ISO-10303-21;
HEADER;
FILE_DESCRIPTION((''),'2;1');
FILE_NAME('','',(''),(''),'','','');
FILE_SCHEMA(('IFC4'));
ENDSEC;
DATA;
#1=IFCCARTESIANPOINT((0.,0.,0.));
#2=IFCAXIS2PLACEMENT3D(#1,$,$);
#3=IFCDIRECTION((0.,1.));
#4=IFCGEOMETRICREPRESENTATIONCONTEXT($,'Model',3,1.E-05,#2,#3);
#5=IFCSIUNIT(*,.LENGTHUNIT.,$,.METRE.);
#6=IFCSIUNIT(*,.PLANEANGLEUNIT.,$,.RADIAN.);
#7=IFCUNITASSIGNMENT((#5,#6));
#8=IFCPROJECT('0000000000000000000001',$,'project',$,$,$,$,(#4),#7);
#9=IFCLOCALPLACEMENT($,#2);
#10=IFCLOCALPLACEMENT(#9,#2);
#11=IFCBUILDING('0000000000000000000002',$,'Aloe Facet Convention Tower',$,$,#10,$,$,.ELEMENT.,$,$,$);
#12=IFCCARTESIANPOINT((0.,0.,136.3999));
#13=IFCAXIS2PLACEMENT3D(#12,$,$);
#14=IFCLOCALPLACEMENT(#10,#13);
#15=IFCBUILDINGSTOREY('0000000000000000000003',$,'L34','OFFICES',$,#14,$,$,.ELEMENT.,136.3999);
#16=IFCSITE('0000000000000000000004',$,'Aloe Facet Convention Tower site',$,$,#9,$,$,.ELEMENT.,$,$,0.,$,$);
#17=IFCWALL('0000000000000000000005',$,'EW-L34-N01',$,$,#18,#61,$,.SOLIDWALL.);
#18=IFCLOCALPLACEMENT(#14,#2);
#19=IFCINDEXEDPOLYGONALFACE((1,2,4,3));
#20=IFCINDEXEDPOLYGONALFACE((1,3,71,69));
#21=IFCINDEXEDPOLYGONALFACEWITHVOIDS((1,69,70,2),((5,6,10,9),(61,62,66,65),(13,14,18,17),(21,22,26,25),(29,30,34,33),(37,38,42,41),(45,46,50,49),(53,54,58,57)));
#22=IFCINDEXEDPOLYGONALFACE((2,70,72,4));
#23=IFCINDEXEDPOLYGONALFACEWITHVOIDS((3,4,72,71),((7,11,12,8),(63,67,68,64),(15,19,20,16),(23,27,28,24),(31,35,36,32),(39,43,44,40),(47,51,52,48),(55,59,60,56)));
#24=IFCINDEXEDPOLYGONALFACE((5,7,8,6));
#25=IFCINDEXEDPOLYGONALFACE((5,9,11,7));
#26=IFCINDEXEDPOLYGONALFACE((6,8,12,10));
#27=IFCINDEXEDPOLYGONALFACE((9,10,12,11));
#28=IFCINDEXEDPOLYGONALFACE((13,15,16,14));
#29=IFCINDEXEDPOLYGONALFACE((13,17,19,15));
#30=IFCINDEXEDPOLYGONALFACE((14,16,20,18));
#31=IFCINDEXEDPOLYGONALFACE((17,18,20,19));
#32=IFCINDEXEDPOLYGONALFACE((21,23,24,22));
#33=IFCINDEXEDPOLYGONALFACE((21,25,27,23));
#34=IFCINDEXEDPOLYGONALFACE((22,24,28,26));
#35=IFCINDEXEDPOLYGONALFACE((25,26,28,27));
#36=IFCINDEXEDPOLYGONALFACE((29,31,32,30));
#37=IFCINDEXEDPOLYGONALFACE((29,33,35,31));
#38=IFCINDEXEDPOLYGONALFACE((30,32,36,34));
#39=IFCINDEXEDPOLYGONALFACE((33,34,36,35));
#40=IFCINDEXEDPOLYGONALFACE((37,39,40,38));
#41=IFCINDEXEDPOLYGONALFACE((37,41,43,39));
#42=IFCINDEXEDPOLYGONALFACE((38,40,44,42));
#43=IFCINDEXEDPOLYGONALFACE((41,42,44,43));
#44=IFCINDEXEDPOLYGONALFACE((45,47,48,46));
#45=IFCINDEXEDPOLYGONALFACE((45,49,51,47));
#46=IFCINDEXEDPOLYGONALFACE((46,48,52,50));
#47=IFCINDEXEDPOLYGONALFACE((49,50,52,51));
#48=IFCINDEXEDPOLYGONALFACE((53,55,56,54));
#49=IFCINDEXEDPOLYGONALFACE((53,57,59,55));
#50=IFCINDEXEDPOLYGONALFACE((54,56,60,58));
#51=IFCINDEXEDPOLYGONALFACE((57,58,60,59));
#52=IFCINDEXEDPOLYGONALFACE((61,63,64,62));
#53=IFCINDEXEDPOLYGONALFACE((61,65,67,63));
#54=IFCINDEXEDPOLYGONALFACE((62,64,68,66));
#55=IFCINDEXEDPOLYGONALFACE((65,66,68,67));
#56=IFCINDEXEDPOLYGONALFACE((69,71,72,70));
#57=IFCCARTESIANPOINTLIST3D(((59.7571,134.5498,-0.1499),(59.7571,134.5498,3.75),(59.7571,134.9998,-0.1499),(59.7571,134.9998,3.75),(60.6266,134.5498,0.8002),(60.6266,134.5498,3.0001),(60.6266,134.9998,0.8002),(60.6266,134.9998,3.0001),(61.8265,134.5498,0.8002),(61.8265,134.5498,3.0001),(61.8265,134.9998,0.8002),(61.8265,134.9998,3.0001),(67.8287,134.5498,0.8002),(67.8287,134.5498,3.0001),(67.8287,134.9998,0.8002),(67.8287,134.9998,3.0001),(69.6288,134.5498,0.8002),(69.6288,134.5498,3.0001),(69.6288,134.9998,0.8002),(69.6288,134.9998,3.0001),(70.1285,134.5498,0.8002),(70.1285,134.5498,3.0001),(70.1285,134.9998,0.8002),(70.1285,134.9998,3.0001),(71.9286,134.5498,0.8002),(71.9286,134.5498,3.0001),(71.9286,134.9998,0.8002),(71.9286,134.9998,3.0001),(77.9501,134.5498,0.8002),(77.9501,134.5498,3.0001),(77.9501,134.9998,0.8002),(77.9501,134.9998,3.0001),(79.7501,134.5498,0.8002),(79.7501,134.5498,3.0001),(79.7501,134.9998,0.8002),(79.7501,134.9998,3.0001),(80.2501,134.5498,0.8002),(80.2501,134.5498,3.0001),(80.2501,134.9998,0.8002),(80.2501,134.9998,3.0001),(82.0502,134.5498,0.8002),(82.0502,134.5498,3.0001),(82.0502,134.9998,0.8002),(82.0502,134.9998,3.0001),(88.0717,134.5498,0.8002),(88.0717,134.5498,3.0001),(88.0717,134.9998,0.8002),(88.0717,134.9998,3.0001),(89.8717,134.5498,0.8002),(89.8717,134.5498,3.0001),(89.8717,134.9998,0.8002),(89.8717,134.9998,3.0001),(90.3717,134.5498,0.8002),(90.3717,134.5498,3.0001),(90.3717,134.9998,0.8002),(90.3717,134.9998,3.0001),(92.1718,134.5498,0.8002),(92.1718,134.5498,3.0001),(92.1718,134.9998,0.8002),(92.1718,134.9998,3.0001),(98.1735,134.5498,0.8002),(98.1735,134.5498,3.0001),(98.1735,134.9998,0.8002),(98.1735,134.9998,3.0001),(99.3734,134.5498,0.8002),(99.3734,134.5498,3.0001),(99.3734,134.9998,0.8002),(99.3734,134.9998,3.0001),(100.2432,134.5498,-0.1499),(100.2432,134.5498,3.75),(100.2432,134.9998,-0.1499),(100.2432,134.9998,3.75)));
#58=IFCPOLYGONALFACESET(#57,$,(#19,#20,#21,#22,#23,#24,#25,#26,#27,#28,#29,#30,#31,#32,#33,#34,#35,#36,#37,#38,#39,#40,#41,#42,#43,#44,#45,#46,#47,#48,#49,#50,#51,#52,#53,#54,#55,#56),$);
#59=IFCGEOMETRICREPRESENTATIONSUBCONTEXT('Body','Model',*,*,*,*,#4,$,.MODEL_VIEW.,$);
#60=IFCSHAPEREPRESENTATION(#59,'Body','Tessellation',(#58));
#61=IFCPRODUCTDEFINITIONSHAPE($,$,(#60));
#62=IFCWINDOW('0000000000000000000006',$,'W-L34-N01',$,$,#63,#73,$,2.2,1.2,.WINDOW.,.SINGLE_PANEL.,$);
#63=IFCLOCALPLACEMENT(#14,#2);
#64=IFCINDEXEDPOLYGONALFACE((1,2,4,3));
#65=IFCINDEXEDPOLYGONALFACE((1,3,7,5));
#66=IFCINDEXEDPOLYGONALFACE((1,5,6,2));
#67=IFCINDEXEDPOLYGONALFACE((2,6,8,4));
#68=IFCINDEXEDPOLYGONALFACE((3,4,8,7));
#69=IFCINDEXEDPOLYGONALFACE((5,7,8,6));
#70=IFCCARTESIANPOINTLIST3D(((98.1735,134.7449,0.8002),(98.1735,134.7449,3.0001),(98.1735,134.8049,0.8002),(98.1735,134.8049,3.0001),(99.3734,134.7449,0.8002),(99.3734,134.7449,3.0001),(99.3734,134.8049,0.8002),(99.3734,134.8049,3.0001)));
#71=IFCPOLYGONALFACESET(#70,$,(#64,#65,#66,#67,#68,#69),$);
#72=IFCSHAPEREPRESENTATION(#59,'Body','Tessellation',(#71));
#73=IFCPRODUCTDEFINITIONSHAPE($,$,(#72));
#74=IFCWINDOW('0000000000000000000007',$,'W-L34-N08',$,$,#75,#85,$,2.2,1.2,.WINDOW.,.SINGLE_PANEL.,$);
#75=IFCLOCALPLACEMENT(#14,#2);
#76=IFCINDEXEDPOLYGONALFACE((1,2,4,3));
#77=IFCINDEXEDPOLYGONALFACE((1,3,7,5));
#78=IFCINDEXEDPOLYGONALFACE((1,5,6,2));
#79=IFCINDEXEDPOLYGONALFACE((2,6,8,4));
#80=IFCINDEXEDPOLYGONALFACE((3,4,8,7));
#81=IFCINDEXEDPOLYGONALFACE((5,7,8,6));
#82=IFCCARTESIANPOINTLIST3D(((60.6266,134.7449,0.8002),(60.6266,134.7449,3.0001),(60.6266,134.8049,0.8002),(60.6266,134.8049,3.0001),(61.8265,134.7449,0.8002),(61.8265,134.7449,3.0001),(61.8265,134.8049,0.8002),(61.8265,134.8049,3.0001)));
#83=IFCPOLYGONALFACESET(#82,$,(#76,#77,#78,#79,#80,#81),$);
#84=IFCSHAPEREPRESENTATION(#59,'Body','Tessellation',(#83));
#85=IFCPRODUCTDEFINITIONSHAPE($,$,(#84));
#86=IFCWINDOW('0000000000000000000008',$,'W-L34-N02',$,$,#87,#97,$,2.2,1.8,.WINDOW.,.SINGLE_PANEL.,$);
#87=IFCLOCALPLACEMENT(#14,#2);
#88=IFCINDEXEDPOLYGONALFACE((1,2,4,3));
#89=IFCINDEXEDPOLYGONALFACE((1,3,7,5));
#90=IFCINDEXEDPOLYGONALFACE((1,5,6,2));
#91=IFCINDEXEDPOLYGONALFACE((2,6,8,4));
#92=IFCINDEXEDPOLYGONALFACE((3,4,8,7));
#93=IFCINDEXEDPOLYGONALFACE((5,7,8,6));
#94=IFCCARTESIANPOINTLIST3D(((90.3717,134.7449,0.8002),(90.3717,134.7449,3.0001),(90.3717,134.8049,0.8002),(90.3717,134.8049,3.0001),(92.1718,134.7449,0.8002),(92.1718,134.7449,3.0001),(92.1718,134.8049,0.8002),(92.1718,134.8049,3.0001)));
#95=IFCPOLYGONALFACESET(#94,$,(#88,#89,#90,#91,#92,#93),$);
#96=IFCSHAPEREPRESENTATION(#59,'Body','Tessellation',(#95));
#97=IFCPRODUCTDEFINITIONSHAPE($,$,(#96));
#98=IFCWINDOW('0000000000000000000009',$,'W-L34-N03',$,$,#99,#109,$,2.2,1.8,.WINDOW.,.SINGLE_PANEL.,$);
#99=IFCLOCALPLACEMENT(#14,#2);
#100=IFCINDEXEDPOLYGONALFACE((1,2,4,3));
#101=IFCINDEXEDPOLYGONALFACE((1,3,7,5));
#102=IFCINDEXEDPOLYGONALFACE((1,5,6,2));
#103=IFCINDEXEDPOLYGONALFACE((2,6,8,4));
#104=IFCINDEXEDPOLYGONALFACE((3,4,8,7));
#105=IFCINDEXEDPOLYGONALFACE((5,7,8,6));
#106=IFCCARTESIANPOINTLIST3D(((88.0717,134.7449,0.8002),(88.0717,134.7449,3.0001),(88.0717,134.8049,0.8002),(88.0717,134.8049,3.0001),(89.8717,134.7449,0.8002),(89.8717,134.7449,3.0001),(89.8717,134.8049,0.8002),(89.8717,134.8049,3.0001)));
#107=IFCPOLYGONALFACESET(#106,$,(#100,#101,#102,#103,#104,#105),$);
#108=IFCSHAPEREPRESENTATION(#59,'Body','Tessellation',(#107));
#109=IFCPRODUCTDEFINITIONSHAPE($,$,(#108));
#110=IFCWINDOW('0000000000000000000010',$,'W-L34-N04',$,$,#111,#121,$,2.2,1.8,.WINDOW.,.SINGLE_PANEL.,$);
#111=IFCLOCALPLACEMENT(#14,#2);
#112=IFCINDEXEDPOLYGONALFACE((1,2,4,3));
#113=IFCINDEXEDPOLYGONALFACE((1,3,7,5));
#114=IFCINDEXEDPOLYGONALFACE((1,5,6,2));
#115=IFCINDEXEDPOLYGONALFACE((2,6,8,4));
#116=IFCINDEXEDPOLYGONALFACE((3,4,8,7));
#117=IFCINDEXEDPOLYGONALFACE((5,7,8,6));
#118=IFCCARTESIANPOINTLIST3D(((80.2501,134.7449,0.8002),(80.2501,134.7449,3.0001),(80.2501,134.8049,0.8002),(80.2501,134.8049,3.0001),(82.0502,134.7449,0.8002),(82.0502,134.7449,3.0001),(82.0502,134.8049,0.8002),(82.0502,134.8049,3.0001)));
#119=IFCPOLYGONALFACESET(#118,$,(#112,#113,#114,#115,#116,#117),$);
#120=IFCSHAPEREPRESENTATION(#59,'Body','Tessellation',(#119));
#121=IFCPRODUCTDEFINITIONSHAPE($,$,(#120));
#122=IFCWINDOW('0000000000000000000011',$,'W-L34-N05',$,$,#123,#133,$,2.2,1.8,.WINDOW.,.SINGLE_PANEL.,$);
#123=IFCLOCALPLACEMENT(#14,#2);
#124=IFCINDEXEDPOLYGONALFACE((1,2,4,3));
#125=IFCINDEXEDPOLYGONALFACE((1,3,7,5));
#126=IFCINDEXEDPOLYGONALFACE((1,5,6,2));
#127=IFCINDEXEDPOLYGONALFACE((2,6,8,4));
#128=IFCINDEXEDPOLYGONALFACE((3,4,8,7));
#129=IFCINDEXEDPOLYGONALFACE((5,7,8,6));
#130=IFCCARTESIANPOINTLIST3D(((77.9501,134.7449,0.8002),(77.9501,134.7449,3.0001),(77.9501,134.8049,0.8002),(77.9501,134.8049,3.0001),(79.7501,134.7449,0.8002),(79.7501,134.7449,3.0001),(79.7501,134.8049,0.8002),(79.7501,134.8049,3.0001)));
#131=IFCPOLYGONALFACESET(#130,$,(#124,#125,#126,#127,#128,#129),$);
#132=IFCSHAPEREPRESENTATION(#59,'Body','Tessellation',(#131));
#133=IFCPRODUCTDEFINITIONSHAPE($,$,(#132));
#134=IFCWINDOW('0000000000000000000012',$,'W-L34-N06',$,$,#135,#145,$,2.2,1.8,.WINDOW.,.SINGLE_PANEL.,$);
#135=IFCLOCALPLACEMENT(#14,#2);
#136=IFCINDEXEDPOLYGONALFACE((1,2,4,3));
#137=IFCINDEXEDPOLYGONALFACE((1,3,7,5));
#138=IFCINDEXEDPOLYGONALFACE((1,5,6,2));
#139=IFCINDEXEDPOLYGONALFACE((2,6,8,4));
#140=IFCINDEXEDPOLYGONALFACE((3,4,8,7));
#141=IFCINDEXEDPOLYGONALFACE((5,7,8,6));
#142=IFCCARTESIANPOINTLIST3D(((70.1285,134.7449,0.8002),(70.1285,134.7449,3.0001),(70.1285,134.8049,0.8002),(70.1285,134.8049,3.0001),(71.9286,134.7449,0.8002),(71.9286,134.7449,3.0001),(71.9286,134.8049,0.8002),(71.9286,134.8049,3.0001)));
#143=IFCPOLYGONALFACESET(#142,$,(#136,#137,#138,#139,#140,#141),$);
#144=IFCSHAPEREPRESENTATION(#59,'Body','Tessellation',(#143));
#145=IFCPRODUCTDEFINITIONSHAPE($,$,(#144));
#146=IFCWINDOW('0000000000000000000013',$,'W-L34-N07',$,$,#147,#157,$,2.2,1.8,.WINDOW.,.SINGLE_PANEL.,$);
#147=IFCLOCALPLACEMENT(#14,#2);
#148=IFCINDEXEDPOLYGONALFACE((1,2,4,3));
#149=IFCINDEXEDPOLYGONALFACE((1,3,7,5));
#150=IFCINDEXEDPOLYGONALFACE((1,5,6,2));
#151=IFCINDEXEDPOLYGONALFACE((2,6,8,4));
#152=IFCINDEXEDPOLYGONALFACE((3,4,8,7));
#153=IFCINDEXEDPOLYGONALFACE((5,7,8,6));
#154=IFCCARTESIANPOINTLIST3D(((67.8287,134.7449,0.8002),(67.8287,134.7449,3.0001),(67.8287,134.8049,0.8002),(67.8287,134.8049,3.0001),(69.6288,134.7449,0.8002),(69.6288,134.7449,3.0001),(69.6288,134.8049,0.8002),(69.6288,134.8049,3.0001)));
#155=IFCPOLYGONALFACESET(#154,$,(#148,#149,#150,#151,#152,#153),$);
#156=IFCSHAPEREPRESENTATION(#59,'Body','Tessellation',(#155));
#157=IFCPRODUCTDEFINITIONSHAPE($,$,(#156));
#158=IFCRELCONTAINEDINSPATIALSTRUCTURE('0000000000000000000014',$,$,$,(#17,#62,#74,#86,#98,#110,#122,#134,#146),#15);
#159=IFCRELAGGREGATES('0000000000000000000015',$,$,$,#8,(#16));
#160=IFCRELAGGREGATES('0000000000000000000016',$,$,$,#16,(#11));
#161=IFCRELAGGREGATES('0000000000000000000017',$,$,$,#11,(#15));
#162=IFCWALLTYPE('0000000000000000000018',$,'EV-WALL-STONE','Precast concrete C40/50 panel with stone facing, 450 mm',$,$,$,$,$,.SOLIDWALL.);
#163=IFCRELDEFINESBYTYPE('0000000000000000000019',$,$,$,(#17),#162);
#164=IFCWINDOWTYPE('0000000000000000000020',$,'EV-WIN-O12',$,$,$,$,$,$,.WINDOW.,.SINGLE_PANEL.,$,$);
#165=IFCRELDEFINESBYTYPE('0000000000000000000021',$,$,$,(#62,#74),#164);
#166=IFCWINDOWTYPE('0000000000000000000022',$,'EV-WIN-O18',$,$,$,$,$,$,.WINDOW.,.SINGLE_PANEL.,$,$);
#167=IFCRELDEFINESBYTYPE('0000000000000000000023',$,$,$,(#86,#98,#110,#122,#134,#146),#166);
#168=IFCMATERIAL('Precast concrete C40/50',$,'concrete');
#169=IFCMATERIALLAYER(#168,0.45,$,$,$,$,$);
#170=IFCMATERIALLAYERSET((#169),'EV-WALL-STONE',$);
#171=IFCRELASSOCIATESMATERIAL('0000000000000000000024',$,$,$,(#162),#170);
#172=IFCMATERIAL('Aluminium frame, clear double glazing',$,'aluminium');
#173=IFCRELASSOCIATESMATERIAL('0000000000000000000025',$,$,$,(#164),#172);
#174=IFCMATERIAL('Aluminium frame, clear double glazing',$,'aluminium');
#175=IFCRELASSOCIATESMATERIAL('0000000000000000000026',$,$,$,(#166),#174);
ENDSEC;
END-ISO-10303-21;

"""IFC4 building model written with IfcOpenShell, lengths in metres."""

from ifc_helpers import new_model, si_unit, direction, frame, frame_2d, origin, place, context, subcontext, project, spatial, polyline, rectangle, outline, extrude, material, layer, layer_set, type_object, element, fill, save


model = new_model("IFC4")

# Units and contexts
model_context = context("Model", 3, precision=1e-05, world=origin(), true_north=direction((0.0, 1.0)))
body_context = subcontext(model_context, "Body", "Model", "MODEL_VIEW")
ifc_project = project(units=[si_unit("LENGTHUNIT", "METRE"), si_unit("PLANEANGLEUNIT", "RADIAN")], contexts=[model_context])

# Site, building, storey
site_placement = place(None, origin())
site = spatial("IfcSite", under=ifc_project, at=site_placement, Name="Aloe Facet Convention Tower site", CompositionType="ELEMENT", RefElevation=0.0)
building_placement = place(site_placement, origin())
building = spatial("IfcBuilding", under=site, at=building_placement, Name="Aloe Facet Convention Tower", CompositionType="ELEMENT")
storey_placement = place(building_placement, frame((0.0, 0.0, 136.3999)))
storey = spatial("IfcBuildingStorey", under=building, at=storey_placement, Name="L34", Description="OFFICES", CompositionType="ELEMENT", Elevation=136.3999)

# Wall, openings, windows
ifc_material_1 = material(Name="Precast concrete C40/50", Category="concrete")
ifc_layer_1 = layer(ifc_material_1, 0.45)
ifc_layer_set_1 = layer_set([ifc_layer_1], Name="EV-WALL-STONE")
wall_type_1 = type_object("IfcWallType", Name="EV-WALL-STONE", Description="Precast concrete C40/50 panel with stone facing, 450 mm", PredefinedType="SOLIDWALL", material=ifc_layer_set_1)
wall_1_placement = place(storey_placement, frame((100.2432, 134.7749, -0.1499), z_axis=(0.0, 0.0, 1.0), x_axis=(-1.0, 0.0, 0.0)))
wall_1 = element("IfcWall", 1, at=wall_1_placement, inside=storey, type_object=wall_type_1, Name="EW-L34-N01", PredefinedType="SOLIDWALL", context=body_context, shape_type="SweptSolid", body=[
    extrude(outline(polyline([(40.4861, 0.0), (40.4861, 3.8999), (0.0, 3.8999), (0.0, 0.0), (40.4861, 0.0)])), frame((0.0, 0.2251, 0.0), z_axis=(0.0, -1.0, 0.0), x_axis=(1.0, 0.0, 0.0)), (0.0, 0.0, 1.0), 0.45),
])
opening_1_placement = place(wall_1_placement, frame((0.8696, 0.0, 0.95)))
opening_1 = element("IfcOpeningElement", 2, at=opening_1_placement, cuts=wall_1, PredefinedType="OPENING", context=body_context, shape_type="SweptSolid", body=[
    extrude(rectangle(XDim=1.2, YDim=2.2, at=frame_2d((0.6001, 1.1001))), frame((0.0, 0.2349, 0.0), z_axis=(0.0, -1.0, 0.0), x_axis=(1.0, 0.0, 0.0)), (0.0, 0.0, 1.0), 0.47),
])
opening_2_placement = place(wall_1_placement, frame((8.0715, 0.0, 0.95)))
opening_2 = element("IfcOpeningElement", 3, at=opening_2_placement, cuts=wall_1, PredefinedType="OPENING", context=body_context, shape_type="SweptSolid", body=[
    extrude(rectangle(XDim=1.8, YDim=2.2, at=frame_2d((0.8999, 1.1001))), frame((0.0, 0.2349, 0.0), z_axis=(0.0, -1.0, 0.0), x_axis=(1.0, 0.0, 0.0)), (0.0, 0.0, 1.0), 0.47),
])
opening_3_placement = place(wall_1_placement, frame((10.3716, 0.0, 0.95)))
opening_3 = element("IfcOpeningElement", 4, at=opening_3_placement, cuts=wall_1, PredefinedType="OPENING", context=body_context, shape_type="SweptSolid", body=[
    extrude(rectangle(XDim=1.8, YDim=2.2, at=frame_2d((0.8999, 1.1001))), frame((0.0, 0.2349, 0.0), z_axis=(0.0, -1.0, 0.0), x_axis=(1.0, 0.0, 0.0)), (0.0, 0.0, 1.0), 0.47),
])
opening_4_placement = place(wall_1_placement, frame((18.1931, 0.0, 0.95)))
opening_4 = element("IfcOpeningElement", 5, at=opening_4_placement, cuts=wall_1, PredefinedType="OPENING", context=body_context, shape_type="SweptSolid", body=[
    extrude(rectangle(XDim=1.8, YDim=2.2, at=frame_2d((0.8999, 1.1001))), frame((0.0, 0.2349, 0.0), z_axis=(0.0, -1.0, 0.0), x_axis=(1.0, 0.0, 0.0)), (0.0, 0.0, 1.0), 0.47),
])
opening_5_placement = place(wall_1_placement, frame((20.4932, 0.0, 0.95)))
opening_5 = element("IfcOpeningElement", 6, at=opening_5_placement, cuts=wall_1, PredefinedType="OPENING", context=body_context, shape_type="SweptSolid", body=[
    extrude(rectangle(XDim=1.8, YDim=2.2, at=frame_2d((0.8999, 1.1001))), frame((0.0, 0.2349, 0.0), z_axis=(0.0, -1.0, 0.0), x_axis=(1.0, 0.0, 0.0)), (0.0, 0.0, 1.0), 0.47),
])
opening_6_placement = place(wall_1_placement, frame((28.3147, 0.0, 0.95)))
opening_6 = element("IfcOpeningElement", 7, at=opening_6_placement, cuts=wall_1, PredefinedType="OPENING", context=body_context, shape_type="SweptSolid", body=[
    extrude(rectangle(XDim=1.8, YDim=2.2, at=frame_2d((0.8999, 1.1001))), frame((0.0, 0.2349, 0.0), z_axis=(0.0, -1.0, 0.0), x_axis=(1.0, 0.0, 0.0)), (0.0, 0.0, 1.0), 0.47),
])
opening_7_placement = place(wall_1_placement, frame((30.6145, 0.0, 0.95)))
opening_7 = element("IfcOpeningElement", 8, at=opening_7_placement, cuts=wall_1, PredefinedType="OPENING", context=body_context, shape_type="SweptSolid", body=[
    extrude(rectangle(XDim=1.8, YDim=2.2, at=frame_2d((0.8999, 1.1001))), frame((0.0, 0.2349, 0.0), z_axis=(0.0, -1.0, 0.0), x_axis=(1.0, 0.0, 0.0)), (0.0, 0.0, 1.0), 0.47),
])
opening_8_placement = place(wall_1_placement, frame((38.4165, 0.0, 0.95)))
opening_8 = element("IfcOpeningElement", 9, at=opening_8_placement, cuts=wall_1, PredefinedType="OPENING", context=body_context, shape_type="SweptSolid", body=[
    extrude(rectangle(XDim=1.2, YDim=2.2, at=frame_2d((0.6001, 1.1001))), frame((0.0, 0.2349, 0.0), z_axis=(0.0, -1.0, 0.0), x_axis=(1.0, 0.0, 0.0)), (0.0, 0.0, 1.0), 0.47),
])
ifc_material_2 = material(Name="Aluminium frame, clear double glazing", Category="aluminium")
window_type_1 = type_object("IfcWindowType", Name="EV-WIN-O12", PartitioningType="SINGLE_PANEL", PredefinedType="WINDOW", material=ifc_material_2)
window_1_placement = place(opening_1_placement, origin())
window_1 = element("IfcWindow", 10, at=window_1_placement, inside=storey, type_object=window_type_1, Name="W-L34-N01", OverallHeight=2.2, OverallWidth=1.2, PartitioningType="SINGLE_PANEL", PredefinedType="WINDOW", context=body_context, shape_type="SweptSolid", body=[
    extrude(rectangle(XDim=1.2, YDim=2.2, at=frame_2d((0.6001, 1.1001))), frame((0.0, 0.03, 0.0), z_axis=(0.0, -1.0, 0.0), x_axis=(1.0, 0.0, 0.0)), (0.0, 0.0, 1.0), 0.0601),
])
fill(opening_1, window_1)
window_2_placement = place(opening_8_placement, origin())
window_2 = element("IfcWindow", 11, at=window_2_placement, inside=storey, type_object=window_type_1, Name="W-L34-N08", OverallHeight=2.2, OverallWidth=1.2, PartitioningType="SINGLE_PANEL", PredefinedType="WINDOW", context=body_context, shape_type="SweptSolid", body=[
    extrude(rectangle(XDim=1.2, YDim=2.2, at=frame_2d((0.6001, 1.1001))), frame((0.0, 0.03, 0.0), z_axis=(0.0, -1.0, 0.0), x_axis=(1.0, 0.0, 0.0)), (0.0, 0.0, 1.0), 0.0601),
])
fill(opening_8, window_2)
ifc_material_3 = material(Name="Aluminium frame, clear double glazing", Category="aluminium")
window_type_2 = type_object("IfcWindowType", Name="EV-WIN-O18", PartitioningType="SINGLE_PANEL", PredefinedType="WINDOW", material=ifc_material_3)
window_3_placement = place(opening_2_placement, origin())
window_3 = element("IfcWindow", 12, at=window_3_placement, inside=storey, type_object=window_type_2, Name="W-L34-N02", OverallHeight=2.2, OverallWidth=1.8, PartitioningType="SINGLE_PANEL", PredefinedType="WINDOW", context=body_context, shape_type="SweptSolid", body=[
    extrude(rectangle(XDim=1.8, YDim=2.2, at=frame_2d((0.8999, 1.1001))), frame((0.0, 0.03, 0.0), z_axis=(0.0, -1.0, 0.0), x_axis=(1.0, 0.0, 0.0)), (0.0, 0.0, 1.0), 0.0601),
])
fill(opening_2, window_3)
window_4_placement = place(opening_3_placement, origin())
window_4 = element("IfcWindow", 13, at=window_4_placement, inside=storey, type_object=window_type_2, Name="W-L34-N03", OverallHeight=2.2, OverallWidth=1.8, PartitioningType="SINGLE_PANEL", PredefinedType="WINDOW", context=body_context, shape_type="SweptSolid", body=[
    extrude(rectangle(XDim=1.8, YDim=2.2, at=frame_2d((0.8999, 1.1001))), frame((0.0, 0.03, 0.0), z_axis=(0.0, -1.0, 0.0), x_axis=(1.0, 0.0, 0.0)), (0.0, 0.0, 1.0), 0.0601),
])
fill(opening_3, window_4)
window_5_placement = place(opening_4_placement, origin())
window_5 = element("IfcWindow", 14, at=window_5_placement, inside=storey, type_object=window_type_2, Name="W-L34-N04", OverallHeight=2.2, OverallWidth=1.8, PartitioningType="SINGLE_PANEL", PredefinedType="WINDOW", context=body_context, shape_type="SweptSolid", body=[
    extrude(rectangle(XDim=1.8, YDim=2.2, at=frame_2d((0.8999, 1.1001))), frame((0.0, 0.03, 0.0), z_axis=(0.0, -1.0, 0.0), x_axis=(1.0, 0.0, 0.0)), (0.0, 0.0, 1.0), 0.0601),
])
fill(opening_4, window_5)
window_6_placement = place(opening_5_placement, origin())
window_6 = element("IfcWindow", 15, at=window_6_placement, inside=storey, type_object=window_type_2, Name="W-L34-N05", OverallHeight=2.2, OverallWidth=1.8, PartitioningType="SINGLE_PANEL", PredefinedType="WINDOW", context=body_context, shape_type="SweptSolid", body=[
    extrude(rectangle(XDim=1.8, YDim=2.2, at=frame_2d((0.8999, 1.1001))), frame((0.0, 0.03, 0.0), z_axis=(0.0, -1.0, 0.0), x_axis=(1.0, 0.0, 0.0)), (0.0, 0.0, 1.0), 0.0601),
])
fill(opening_5, window_6)
window_7_placement = place(opening_6_placement, origin())
window_7 = element("IfcWindow", 16, at=window_7_placement, inside=storey, type_object=window_type_2, Name="W-L34-N06", OverallHeight=2.2, OverallWidth=1.8, PartitioningType="SINGLE_PANEL", PredefinedType="WINDOW", context=body_context, shape_type="SweptSolid", body=[
    extrude(rectangle(XDim=1.8, YDim=2.2, at=frame_2d((0.8999, 1.1001))), frame((0.0, 0.03, 0.0), z_axis=(0.0, -1.0, 0.0), x_axis=(1.0, 0.0, 0.0)), (0.0, 0.0, 1.0), 0.0601),
])
fill(opening_6, window_7)
window_8_placement = place(opening_7_placement, origin())
window_8 = element("IfcWindow", 17, at=window_8_placement, inside=storey, type_object=window_type_2, Name="W-L34-N07", OverallHeight=2.2, OverallWidth=1.8, PartitioningType="SINGLE_PANEL", PredefinedType="WINDOW", context=body_context, shape_type="SweptSolid", body=[
    extrude(rectangle(XDim=1.8, YDim=2.2, at=frame_2d((0.8999, 1.1001))), frame((0.0, 0.03, 0.0), z_axis=(0.0, -1.0, 0.0), x_axis=(1.0, 0.0, 0.0)), (0.0, 0.0, 1.0), 0.0601),
])
fill(opening_7, window_8)

save(model, "model.ifc")
